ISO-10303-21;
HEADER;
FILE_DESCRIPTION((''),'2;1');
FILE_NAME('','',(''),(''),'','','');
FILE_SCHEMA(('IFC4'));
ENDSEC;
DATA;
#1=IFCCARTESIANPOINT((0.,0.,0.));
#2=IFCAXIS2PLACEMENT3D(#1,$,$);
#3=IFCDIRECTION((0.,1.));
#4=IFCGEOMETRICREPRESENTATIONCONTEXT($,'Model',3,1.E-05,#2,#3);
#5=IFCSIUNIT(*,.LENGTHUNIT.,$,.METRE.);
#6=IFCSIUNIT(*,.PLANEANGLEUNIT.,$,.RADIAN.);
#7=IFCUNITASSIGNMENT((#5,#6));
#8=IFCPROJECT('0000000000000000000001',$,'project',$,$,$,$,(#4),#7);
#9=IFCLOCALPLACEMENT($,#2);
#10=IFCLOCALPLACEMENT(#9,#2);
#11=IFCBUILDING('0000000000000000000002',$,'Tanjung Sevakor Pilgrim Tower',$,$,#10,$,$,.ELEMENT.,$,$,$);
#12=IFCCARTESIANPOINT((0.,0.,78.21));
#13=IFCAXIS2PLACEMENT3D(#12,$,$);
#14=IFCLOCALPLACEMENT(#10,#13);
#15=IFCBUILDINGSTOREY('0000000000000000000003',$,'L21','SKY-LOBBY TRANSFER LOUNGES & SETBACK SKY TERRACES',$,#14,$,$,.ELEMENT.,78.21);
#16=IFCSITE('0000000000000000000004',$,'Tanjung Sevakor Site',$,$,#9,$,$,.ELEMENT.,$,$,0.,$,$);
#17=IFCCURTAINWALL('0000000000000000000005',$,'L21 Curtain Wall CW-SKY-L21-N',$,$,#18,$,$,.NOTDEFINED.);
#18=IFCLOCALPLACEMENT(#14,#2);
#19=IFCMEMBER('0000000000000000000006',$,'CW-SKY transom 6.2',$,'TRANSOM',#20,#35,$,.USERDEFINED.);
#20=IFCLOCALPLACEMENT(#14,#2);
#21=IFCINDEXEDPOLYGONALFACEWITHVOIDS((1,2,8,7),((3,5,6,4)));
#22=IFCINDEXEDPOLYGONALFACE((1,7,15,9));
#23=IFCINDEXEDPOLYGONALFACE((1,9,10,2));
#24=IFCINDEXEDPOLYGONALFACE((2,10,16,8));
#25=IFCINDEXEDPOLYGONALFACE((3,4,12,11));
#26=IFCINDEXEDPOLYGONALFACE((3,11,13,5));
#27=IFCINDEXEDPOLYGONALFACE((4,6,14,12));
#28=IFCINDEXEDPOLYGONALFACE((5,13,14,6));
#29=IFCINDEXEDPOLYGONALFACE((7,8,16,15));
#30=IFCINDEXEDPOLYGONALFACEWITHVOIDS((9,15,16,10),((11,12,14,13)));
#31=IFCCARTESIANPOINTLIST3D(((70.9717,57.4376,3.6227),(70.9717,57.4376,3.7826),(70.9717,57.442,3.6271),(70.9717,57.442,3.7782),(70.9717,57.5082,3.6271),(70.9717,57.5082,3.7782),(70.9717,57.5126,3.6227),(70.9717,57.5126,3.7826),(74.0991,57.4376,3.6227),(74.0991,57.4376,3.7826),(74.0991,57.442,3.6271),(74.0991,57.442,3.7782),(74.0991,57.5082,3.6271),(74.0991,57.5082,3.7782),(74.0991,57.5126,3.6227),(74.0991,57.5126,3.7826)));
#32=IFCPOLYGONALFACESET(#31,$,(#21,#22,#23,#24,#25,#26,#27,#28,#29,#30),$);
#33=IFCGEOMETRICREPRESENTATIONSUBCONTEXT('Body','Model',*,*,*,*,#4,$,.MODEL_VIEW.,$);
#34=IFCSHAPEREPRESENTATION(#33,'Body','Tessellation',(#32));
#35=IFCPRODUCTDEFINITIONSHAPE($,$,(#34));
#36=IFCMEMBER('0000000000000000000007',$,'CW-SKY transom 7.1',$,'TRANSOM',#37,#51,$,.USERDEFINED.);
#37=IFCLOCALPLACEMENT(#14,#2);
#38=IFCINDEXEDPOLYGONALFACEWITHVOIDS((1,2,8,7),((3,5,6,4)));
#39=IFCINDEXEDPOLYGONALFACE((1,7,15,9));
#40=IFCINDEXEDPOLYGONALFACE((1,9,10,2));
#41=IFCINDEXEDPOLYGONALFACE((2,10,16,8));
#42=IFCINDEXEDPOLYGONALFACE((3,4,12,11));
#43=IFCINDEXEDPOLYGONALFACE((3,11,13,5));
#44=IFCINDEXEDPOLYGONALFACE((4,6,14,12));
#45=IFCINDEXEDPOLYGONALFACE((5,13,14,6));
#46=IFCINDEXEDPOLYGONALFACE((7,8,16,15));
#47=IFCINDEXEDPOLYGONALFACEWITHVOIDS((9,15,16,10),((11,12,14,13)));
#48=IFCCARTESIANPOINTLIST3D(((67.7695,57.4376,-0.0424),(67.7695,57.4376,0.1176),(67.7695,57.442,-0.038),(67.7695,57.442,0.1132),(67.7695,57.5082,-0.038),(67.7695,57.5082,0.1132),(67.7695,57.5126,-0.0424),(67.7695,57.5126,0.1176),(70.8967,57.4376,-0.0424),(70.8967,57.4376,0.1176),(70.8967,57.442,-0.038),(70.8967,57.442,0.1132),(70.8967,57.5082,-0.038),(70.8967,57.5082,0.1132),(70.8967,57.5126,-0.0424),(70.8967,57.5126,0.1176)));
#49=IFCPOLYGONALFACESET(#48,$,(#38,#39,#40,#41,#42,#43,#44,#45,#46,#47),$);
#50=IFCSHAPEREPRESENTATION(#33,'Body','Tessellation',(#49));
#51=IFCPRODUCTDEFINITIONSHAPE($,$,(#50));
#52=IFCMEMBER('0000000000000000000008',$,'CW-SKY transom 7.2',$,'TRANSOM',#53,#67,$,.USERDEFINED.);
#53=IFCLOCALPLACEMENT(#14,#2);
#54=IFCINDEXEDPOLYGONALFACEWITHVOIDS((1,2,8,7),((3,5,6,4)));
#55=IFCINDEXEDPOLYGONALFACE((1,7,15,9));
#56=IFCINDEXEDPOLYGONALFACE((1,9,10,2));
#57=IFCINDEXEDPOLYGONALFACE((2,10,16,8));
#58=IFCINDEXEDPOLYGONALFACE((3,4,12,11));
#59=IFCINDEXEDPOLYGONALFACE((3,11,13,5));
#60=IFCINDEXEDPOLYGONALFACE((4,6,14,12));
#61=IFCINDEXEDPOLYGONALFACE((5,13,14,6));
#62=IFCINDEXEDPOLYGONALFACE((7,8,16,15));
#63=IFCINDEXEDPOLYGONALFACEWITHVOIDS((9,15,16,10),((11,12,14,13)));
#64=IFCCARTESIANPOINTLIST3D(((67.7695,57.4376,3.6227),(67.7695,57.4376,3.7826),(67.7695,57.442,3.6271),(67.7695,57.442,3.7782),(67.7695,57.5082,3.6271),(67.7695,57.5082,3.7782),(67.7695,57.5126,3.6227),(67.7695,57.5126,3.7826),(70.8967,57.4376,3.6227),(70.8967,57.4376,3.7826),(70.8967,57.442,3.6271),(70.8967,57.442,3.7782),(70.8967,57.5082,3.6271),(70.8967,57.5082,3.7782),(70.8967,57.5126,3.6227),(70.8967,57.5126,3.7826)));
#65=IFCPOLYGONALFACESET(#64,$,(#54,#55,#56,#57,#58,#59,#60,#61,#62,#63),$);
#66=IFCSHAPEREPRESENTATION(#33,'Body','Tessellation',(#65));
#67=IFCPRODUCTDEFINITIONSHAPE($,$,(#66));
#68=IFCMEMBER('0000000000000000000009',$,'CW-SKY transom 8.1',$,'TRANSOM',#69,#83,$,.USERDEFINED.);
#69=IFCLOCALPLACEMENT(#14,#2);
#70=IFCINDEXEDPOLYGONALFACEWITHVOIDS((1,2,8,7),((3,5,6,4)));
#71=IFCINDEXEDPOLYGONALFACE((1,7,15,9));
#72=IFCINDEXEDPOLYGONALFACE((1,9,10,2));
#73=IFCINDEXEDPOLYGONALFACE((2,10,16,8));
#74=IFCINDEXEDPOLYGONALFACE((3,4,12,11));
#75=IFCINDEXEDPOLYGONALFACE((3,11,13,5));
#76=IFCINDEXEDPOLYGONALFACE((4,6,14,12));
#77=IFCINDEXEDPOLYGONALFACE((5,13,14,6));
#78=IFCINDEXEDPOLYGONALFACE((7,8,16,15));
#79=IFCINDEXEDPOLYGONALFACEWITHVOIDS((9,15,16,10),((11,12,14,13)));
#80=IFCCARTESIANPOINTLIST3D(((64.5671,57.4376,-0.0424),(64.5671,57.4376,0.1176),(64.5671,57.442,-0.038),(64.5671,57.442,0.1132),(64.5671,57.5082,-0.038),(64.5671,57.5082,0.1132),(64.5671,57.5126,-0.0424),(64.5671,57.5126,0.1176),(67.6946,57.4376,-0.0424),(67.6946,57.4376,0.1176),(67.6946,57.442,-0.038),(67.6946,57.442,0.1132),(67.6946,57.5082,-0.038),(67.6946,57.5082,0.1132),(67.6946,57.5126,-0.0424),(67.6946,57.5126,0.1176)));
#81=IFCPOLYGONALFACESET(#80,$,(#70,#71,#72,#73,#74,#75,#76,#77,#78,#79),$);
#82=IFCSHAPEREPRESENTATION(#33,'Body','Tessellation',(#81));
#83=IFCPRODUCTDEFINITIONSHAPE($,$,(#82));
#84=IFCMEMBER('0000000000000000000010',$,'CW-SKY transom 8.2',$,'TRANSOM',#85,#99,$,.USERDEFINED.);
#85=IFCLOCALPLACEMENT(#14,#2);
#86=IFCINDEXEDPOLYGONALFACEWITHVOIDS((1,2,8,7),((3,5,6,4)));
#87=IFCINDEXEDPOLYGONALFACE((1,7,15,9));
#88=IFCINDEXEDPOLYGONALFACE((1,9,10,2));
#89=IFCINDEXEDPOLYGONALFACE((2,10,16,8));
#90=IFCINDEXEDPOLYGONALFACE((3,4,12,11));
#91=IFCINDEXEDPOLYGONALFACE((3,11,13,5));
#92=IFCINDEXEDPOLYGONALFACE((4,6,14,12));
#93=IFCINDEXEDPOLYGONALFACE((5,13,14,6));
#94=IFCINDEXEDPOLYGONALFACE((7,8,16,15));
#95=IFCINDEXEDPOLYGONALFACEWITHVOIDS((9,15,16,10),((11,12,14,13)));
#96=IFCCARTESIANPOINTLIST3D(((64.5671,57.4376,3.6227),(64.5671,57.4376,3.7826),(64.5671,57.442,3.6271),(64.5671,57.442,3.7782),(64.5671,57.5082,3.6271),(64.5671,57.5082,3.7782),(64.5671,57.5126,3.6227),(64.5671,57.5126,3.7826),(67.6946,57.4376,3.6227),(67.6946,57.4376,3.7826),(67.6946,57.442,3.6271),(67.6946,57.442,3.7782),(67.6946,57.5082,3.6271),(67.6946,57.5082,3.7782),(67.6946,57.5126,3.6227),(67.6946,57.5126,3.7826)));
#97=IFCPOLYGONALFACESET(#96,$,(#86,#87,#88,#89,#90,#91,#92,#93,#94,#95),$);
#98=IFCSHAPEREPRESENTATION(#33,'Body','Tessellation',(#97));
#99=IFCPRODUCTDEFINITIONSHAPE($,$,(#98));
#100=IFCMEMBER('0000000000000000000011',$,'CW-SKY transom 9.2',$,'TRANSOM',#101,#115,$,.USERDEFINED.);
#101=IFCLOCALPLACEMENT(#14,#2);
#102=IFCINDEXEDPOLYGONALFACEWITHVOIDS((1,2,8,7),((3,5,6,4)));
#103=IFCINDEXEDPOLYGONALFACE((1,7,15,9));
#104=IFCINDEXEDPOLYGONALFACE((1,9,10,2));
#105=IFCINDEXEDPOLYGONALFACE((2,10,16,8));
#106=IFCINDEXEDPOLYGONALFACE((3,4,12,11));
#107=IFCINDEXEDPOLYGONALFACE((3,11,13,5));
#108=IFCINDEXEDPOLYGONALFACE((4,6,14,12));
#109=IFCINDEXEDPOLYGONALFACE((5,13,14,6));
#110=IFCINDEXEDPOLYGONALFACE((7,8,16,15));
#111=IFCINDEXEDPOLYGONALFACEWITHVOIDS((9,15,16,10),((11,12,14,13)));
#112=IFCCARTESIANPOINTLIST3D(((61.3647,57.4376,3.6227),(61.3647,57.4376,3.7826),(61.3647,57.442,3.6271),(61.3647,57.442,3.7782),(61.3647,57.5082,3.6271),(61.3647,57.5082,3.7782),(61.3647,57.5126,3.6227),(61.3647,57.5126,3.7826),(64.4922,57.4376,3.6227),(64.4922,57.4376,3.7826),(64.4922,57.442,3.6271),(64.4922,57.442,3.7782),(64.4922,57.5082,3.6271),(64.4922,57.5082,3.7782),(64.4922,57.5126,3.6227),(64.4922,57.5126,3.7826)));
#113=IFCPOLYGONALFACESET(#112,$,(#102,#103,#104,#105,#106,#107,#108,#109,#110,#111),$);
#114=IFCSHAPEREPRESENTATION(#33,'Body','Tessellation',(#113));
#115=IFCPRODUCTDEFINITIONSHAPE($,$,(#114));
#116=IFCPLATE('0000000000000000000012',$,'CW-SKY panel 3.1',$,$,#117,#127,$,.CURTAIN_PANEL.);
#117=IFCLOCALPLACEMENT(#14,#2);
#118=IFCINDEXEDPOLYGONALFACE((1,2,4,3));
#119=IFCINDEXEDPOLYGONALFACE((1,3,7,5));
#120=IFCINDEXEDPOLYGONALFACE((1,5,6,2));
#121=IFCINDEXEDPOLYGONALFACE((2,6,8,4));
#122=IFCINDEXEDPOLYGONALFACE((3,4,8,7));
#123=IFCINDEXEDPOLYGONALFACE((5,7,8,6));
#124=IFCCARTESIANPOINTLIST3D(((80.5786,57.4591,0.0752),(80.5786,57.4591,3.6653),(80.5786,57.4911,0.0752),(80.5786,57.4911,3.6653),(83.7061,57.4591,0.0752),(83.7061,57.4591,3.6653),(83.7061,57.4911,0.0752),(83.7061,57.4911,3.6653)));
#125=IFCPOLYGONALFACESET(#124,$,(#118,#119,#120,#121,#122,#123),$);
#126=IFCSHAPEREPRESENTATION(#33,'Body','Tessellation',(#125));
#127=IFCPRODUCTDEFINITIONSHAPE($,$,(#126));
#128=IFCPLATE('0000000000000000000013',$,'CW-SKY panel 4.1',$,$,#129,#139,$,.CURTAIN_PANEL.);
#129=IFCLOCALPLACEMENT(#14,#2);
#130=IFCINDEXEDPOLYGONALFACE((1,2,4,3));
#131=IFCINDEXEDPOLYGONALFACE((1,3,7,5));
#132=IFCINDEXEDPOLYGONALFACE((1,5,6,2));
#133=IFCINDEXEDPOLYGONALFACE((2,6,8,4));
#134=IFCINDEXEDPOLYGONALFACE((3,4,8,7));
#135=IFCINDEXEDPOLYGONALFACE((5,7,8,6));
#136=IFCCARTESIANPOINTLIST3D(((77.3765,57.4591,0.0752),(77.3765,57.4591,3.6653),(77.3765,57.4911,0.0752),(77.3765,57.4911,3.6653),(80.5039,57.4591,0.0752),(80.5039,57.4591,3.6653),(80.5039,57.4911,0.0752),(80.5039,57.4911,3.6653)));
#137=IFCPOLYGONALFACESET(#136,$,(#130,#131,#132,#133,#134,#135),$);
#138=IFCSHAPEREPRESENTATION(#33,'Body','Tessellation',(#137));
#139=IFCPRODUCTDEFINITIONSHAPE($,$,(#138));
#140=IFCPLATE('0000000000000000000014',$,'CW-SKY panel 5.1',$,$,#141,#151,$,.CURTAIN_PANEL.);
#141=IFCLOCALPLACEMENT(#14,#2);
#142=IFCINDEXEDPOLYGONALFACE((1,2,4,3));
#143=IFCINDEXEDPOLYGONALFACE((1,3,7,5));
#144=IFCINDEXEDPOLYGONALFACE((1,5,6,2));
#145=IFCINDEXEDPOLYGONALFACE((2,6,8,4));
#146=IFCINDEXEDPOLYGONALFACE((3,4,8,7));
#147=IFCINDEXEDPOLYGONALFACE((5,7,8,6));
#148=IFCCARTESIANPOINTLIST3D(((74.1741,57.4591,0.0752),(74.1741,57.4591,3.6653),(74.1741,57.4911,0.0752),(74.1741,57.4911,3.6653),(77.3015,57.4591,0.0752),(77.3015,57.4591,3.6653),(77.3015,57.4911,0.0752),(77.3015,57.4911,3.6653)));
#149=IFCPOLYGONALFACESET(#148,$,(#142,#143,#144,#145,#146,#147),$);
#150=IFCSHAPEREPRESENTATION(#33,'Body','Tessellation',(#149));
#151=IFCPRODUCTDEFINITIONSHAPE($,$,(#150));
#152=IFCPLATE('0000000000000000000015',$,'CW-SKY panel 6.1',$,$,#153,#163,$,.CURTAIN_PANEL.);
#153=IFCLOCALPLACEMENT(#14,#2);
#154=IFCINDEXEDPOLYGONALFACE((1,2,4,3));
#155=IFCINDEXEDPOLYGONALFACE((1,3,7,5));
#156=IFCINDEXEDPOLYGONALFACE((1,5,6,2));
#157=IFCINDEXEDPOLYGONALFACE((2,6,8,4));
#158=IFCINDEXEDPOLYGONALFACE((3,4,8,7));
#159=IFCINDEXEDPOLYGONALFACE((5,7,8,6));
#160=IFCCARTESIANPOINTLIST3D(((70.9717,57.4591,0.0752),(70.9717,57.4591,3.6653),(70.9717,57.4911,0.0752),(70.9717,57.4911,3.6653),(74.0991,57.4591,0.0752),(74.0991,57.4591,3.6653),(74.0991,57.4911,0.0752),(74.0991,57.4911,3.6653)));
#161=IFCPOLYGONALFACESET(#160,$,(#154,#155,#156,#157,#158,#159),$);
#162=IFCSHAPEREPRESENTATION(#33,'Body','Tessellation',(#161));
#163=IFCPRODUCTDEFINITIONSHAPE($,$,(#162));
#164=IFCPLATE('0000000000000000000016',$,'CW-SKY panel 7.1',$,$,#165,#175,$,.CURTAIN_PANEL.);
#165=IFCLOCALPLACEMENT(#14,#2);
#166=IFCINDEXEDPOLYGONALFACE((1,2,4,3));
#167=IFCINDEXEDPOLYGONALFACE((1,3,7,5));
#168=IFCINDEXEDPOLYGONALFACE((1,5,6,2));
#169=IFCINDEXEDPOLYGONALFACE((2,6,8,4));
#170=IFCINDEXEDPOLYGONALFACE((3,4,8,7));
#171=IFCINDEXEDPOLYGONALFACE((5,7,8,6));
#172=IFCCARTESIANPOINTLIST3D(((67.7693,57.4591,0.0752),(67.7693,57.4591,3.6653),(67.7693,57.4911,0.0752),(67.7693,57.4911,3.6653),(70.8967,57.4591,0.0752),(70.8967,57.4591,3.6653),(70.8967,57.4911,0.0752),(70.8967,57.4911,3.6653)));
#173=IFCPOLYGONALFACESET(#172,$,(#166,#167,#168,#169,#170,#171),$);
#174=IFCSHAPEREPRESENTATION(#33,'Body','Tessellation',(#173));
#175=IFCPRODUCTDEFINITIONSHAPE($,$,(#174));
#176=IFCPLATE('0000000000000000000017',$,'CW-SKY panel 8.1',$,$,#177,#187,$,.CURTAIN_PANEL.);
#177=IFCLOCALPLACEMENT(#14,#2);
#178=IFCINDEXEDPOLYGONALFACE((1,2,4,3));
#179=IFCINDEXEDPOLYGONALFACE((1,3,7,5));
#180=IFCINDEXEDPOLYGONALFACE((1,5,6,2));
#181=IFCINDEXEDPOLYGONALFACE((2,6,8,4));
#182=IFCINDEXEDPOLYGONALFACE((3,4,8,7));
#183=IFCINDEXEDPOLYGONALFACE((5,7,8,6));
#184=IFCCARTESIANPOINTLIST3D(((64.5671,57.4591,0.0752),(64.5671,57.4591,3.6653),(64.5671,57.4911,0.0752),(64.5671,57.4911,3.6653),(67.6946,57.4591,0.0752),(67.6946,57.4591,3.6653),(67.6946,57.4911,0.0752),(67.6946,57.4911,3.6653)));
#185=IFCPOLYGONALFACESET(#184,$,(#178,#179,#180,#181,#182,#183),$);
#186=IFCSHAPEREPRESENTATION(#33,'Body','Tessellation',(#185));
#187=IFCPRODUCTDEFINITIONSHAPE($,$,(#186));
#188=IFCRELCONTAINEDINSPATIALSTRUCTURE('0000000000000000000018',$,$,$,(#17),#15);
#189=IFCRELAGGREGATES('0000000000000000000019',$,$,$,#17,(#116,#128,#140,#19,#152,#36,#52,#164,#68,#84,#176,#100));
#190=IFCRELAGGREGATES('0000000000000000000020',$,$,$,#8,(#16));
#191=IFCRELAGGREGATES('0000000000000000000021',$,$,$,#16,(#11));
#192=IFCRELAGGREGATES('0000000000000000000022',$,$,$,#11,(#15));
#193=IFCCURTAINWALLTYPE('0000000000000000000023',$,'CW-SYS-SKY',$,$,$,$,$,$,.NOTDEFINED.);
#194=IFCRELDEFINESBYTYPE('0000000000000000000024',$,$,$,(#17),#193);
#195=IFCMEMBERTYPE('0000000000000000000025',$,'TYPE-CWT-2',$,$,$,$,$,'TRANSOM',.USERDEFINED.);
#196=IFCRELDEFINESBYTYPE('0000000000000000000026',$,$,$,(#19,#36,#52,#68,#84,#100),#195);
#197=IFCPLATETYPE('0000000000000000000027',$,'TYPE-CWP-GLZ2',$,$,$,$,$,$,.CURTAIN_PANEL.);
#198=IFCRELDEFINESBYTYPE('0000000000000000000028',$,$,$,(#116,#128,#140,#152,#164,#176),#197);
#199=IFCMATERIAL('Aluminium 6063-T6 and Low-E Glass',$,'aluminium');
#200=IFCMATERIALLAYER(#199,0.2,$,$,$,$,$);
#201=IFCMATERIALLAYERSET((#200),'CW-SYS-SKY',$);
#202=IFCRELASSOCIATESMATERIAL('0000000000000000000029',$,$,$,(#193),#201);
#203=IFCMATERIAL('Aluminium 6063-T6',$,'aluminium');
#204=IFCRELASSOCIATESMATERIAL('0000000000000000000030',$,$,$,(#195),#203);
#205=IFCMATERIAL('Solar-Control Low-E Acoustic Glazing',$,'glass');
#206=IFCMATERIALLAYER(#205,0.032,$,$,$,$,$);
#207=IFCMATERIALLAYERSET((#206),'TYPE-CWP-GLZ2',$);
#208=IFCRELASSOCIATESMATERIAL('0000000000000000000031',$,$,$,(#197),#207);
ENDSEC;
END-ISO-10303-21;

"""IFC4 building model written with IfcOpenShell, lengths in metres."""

from ifc_helpers import new_model, si_unit, direction, frame, origin, origin_2d, place, context, subcontext, project, spatial, rectangle, hollow_rectangle, extrude, material, layer, layer_set, material_profile, profile_set, type_object, element, aggregate, save


model = new_model("IFC4")

# Units and contexts
model_context = context("Model", 3, precision=1e-05, world=origin(), true_north=direction((0.0, 1.0)))
body_context = subcontext(model_context, "Body", "Model", "MODEL_VIEW")
ifc_project = project(units=[si_unit("LENGTHUNIT", "METRE"), si_unit("PLANEANGLEUNIT", "RADIAN")], contexts=[model_context])

# Site, building, storey
site_placement = place(None, origin())
site = spatial("IfcSite", under=ifc_project, at=site_placement, Name="Tanjung Sevakor Site", CompositionType="ELEMENT", RefElevation=0.0)
building_placement = place(site_placement, origin())
building = spatial("IfcBuilding", under=site, at=building_placement, Name="Tanjung Sevakor Pilgrim Tower", CompositionType="ELEMENT")
storey_placement = place(building_placement, frame((0.0, 0.0, 78.21)))
storey = spatial("IfcBuildingStorey", under=building, at=storey_placement, Name="L21", Description="SKY-LOBBY TRANSFER LOUNGES & SETBACK SKY TERRACES", CompositionType="ELEMENT", Elevation=78.21)

# Curtain wall, members, plates
ifc_material_1 = material(Name="Aluminium 6063-T6 and Low-E Glass", Category="aluminium")
ifc_layer_1 = layer(ifc_material_1, 0.2)
ifc_layer_set_1 = layer_set([ifc_layer_1], Name="CW-SYS-SKY")
curtain_wall_type = type_object("IfcCurtainWallType", Name="CW-SYS-SKY", PredefinedType="NOTDEFINED", material=ifc_layer_set_1)
curtain_wall_placement = place(storey_placement, origin())
curtain_wall = element("IfcCurtainWall", 1, at=curtain_wall_placement, inside=storey, type_object=curtain_wall_type, Name="L21 Curtain Wall CW-SKY-L21-N", PredefinedType="NOTDEFINED")
ifc_material_2 = material(Name="Aluminium 6063-T6", Category="aluminium")
ifc_material_profile_1 = material_profile(ifc_material_2, hollow_rectangle(XDim=0.075, YDim=0.1599, WallThickness=0.0044, at=origin_2d()))
ifc_profile_set_1 = profile_set([ifc_material_profile_1], Name="Aluminium 6063-T6")
member_type_1 = type_object("IfcMemberType", Name="TYPE-CWT-2", ElementType="TRANSOM", PredefinedType="USERDEFINED", material=ifc_profile_set_1)
member_1_placement = place(storey_placement, frame((74.0991, 57.4751, 3.7026), z_axis=(-1.0, 0.0, 0.0), x_axis=(0.0, -1.0, 0.0)))
member_1 = element("IfcMember", 2, at=member_1_placement, type_object=member_type_1, Name="CW-SKY transom 6.2", ObjectType="TRANSOM", PredefinedType="USERDEFINED", context=body_context, shape_type="SweptSolid", body=[
    extrude(hollow_rectangle(XDim=0.075, YDim=0.1599, WallThickness=0.0044, at=origin_2d()), origin(), (0.0, 0.0, 1.0), 3.1274),
])
member_2_placement = place(storey_placement, frame((70.8967, 57.4751, 0.0376), z_axis=(-1.0, 0.0, 0.0), x_axis=(0.0, -1.0, 0.0)))
member_2 = element("IfcMember", 3, at=member_2_placement, type_object=member_type_1, Name="CW-SKY transom 7.1", ObjectType="TRANSOM", PredefinedType="USERDEFINED", context=body_context, shape_type="SweptSolid", body=[
    extrude(hollow_rectangle(XDim=0.075, YDim=0.1599, WallThickness=0.0044, at=origin_2d()), origin(), (0.0, 0.0, 1.0), 3.1272),
])
member_3_placement = place(storey_placement, frame((70.8967, 57.4751, 3.7026), z_axis=(-1.0, 0.0, 0.0), x_axis=(0.0, -1.0, 0.0)))
member_3 = element("IfcMember", 4, at=member_3_placement, type_object=member_type_1, Name="CW-SKY transom 7.2", ObjectType="TRANSOM", PredefinedType="USERDEFINED", context=body_context, shape_type="SweptSolid", body=[
    extrude(hollow_rectangle(XDim=0.075, YDim=0.1599, WallThickness=0.0044, at=origin_2d()), origin(), (0.0, 0.0, 1.0), 3.1272),
])
member_4_placement = place(storey_placement, frame((67.6946, 57.4751, 0.0376), z_axis=(-1.0, 0.0, 0.0), x_axis=(0.0, -1.0, 0.0)))
member_4 = element("IfcMember", 5, at=member_4_placement, type_object=member_type_1, Name="CW-SKY transom 8.1", ObjectType="TRANSOM", PredefinedType="USERDEFINED", context=body_context, shape_type="SweptSolid", body=[
    extrude(hollow_rectangle(XDim=0.075, YDim=0.1599, WallThickness=0.0044, at=origin_2d()), origin(), (0.0, 0.0, 1.0), 3.1274),
])
member_5_placement = place(storey_placement, frame((67.6946, 57.4751, 3.7026), z_axis=(-1.0, 0.0, 0.0), x_axis=(0.0, -1.0, 0.0)))
member_5 = element("IfcMember", 6, at=member_5_placement, type_object=member_type_1, Name="CW-SKY transom 8.2", ObjectType="TRANSOM", PredefinedType="USERDEFINED", context=body_context, shape_type="SweptSolid", body=[
    extrude(hollow_rectangle(XDim=0.075, YDim=0.1599, WallThickness=0.0044, at=origin_2d()), origin(), (0.0, 0.0, 1.0), 3.1274),
])
member_6_placement = place(storey_placement, frame((64.4922, 57.4751, 3.7026), z_axis=(-1.0, 0.0, 0.0), x_axis=(0.0, -1.0, 0.0)))
member_6 = element("IfcMember", 7, at=member_6_placement, type_object=member_type_1, Name="CW-SKY transom 9.2", ObjectType="TRANSOM", PredefinedType="USERDEFINED", context=body_context, shape_type="SweptSolid", body=[
    extrude(hollow_rectangle(XDim=0.075, YDim=0.1599, WallThickness=0.0044, at=origin_2d()), origin(), (0.0, 0.0, 1.0), 3.1274),
])
ifc_material_3 = material(Name="Solar-Control Low-E Acoustic Glazing", Category="glass")
ifc_layer_2 = layer(ifc_material_3, 0.032)
ifc_layer_set_2 = layer_set([ifc_layer_2], Name="TYPE-CWP-GLZ2")
plate_type = type_object("IfcPlateType", Name="TYPE-CWP-GLZ2", PredefinedType="CURTAIN_PANEL", material=ifc_layer_set_2)
plate_1_placement = place(storey_placement, frame((82.1423, 57.4751, 0.0752), z_axis=(0.0, 0.0, 1.0), x_axis=(-1.0, 0.0, 0.0)))
plate_1 = element("IfcPlate", 8, at=plate_1_placement, type_object=plate_type, Name="CW-SKY panel 3.1", PredefinedType="CURTAIN_PANEL", context=body_context, shape_type="SweptSolid", body=[
    extrude(rectangle(XDim=3.1274, YDim=0.032, at=origin_2d()), origin(), (0.0, 0.0, 1.0), 3.5901),
])
plate_2_placement = place(storey_placement, frame((78.9402, 57.4751, 0.0752), z_axis=(0.0, 0.0, 1.0), x_axis=(-1.0, 0.0, 0.0)))
plate_2 = element("IfcPlate", 9, at=plate_2_placement, type_object=plate_type, Name="CW-SKY panel 4.1", PredefinedType="CURTAIN_PANEL", context=body_context, shape_type="SweptSolid", body=[
    extrude(rectangle(XDim=3.1274, YDim=0.032, at=origin_2d()), origin(), (0.0, 0.0, 1.0), 3.5901),
])
plate_3_placement = place(storey_placement, frame((75.7378, 57.4751, 0.0752), z_axis=(0.0, 0.0, 1.0), x_axis=(-1.0, 0.0, 0.0)))
plate_3 = element("IfcPlate", 10, at=plate_3_placement, type_object=plate_type, Name="CW-SKY panel 5.1", PredefinedType="CURTAIN_PANEL", context=body_context, shape_type="SweptSolid", body=[
    extrude(rectangle(XDim=3.1274, YDim=0.032, at=origin_2d()), origin(), (0.0, 0.0, 1.0), 3.5901),
])
plate_4_placement = place(storey_placement, frame((72.5354, 57.4751, 0.0752), z_axis=(0.0, 0.0, 1.0), x_axis=(-1.0, 0.0, 0.0)))
plate_4 = element("IfcPlate", 11, at=plate_4_placement, type_object=plate_type, Name="CW-SKY panel 6.1", PredefinedType="CURTAIN_PANEL", context=body_context, shape_type="SweptSolid", body=[
    extrude(rectangle(XDim=3.1274, YDim=0.032, at=origin_2d()), origin(), (0.0, 0.0, 1.0), 3.5901),
])
plate_5_placement = place(storey_placement, frame((69.333, 57.4751, 0.0752), z_axis=(0.0, 0.0, 1.0), x_axis=(-1.0, 0.0, 0.0)))
plate_5 = element("IfcPlate", 12, at=plate_5_placement, type_object=plate_type, Name="CW-SKY panel 7.1", PredefinedType="CURTAIN_PANEL", context=body_context, shape_type="SweptSolid", body=[
    extrude(rectangle(XDim=3.1274, YDim=0.032, at=origin_2d()), origin(), (0.0, 0.0, 1.0), 3.5901),
])
plate_6_placement = place(storey_placement, frame((66.1309, 57.4751, 0.0752), z_axis=(0.0, 0.0, 1.0), x_axis=(-1.0, 0.0, 0.0)))
plate_6 = element("IfcPlate", 13, at=plate_6_placement, type_object=plate_type, Name="CW-SKY panel 8.1", PredefinedType="CURTAIN_PANEL", context=body_context, shape_type="SweptSolid", body=[
    extrude(rectangle(XDim=3.1274, YDim=0.032, at=origin_2d()), origin(), (0.0, 0.0, 1.0), 3.5901),
])
aggregate(curtain_wall, [plate_1, plate_2, plate_3, member_1, plate_4, member_2, member_3, plate_5, member_4, member_5, plate_6, member_6])

save(model, "model.ifc")
